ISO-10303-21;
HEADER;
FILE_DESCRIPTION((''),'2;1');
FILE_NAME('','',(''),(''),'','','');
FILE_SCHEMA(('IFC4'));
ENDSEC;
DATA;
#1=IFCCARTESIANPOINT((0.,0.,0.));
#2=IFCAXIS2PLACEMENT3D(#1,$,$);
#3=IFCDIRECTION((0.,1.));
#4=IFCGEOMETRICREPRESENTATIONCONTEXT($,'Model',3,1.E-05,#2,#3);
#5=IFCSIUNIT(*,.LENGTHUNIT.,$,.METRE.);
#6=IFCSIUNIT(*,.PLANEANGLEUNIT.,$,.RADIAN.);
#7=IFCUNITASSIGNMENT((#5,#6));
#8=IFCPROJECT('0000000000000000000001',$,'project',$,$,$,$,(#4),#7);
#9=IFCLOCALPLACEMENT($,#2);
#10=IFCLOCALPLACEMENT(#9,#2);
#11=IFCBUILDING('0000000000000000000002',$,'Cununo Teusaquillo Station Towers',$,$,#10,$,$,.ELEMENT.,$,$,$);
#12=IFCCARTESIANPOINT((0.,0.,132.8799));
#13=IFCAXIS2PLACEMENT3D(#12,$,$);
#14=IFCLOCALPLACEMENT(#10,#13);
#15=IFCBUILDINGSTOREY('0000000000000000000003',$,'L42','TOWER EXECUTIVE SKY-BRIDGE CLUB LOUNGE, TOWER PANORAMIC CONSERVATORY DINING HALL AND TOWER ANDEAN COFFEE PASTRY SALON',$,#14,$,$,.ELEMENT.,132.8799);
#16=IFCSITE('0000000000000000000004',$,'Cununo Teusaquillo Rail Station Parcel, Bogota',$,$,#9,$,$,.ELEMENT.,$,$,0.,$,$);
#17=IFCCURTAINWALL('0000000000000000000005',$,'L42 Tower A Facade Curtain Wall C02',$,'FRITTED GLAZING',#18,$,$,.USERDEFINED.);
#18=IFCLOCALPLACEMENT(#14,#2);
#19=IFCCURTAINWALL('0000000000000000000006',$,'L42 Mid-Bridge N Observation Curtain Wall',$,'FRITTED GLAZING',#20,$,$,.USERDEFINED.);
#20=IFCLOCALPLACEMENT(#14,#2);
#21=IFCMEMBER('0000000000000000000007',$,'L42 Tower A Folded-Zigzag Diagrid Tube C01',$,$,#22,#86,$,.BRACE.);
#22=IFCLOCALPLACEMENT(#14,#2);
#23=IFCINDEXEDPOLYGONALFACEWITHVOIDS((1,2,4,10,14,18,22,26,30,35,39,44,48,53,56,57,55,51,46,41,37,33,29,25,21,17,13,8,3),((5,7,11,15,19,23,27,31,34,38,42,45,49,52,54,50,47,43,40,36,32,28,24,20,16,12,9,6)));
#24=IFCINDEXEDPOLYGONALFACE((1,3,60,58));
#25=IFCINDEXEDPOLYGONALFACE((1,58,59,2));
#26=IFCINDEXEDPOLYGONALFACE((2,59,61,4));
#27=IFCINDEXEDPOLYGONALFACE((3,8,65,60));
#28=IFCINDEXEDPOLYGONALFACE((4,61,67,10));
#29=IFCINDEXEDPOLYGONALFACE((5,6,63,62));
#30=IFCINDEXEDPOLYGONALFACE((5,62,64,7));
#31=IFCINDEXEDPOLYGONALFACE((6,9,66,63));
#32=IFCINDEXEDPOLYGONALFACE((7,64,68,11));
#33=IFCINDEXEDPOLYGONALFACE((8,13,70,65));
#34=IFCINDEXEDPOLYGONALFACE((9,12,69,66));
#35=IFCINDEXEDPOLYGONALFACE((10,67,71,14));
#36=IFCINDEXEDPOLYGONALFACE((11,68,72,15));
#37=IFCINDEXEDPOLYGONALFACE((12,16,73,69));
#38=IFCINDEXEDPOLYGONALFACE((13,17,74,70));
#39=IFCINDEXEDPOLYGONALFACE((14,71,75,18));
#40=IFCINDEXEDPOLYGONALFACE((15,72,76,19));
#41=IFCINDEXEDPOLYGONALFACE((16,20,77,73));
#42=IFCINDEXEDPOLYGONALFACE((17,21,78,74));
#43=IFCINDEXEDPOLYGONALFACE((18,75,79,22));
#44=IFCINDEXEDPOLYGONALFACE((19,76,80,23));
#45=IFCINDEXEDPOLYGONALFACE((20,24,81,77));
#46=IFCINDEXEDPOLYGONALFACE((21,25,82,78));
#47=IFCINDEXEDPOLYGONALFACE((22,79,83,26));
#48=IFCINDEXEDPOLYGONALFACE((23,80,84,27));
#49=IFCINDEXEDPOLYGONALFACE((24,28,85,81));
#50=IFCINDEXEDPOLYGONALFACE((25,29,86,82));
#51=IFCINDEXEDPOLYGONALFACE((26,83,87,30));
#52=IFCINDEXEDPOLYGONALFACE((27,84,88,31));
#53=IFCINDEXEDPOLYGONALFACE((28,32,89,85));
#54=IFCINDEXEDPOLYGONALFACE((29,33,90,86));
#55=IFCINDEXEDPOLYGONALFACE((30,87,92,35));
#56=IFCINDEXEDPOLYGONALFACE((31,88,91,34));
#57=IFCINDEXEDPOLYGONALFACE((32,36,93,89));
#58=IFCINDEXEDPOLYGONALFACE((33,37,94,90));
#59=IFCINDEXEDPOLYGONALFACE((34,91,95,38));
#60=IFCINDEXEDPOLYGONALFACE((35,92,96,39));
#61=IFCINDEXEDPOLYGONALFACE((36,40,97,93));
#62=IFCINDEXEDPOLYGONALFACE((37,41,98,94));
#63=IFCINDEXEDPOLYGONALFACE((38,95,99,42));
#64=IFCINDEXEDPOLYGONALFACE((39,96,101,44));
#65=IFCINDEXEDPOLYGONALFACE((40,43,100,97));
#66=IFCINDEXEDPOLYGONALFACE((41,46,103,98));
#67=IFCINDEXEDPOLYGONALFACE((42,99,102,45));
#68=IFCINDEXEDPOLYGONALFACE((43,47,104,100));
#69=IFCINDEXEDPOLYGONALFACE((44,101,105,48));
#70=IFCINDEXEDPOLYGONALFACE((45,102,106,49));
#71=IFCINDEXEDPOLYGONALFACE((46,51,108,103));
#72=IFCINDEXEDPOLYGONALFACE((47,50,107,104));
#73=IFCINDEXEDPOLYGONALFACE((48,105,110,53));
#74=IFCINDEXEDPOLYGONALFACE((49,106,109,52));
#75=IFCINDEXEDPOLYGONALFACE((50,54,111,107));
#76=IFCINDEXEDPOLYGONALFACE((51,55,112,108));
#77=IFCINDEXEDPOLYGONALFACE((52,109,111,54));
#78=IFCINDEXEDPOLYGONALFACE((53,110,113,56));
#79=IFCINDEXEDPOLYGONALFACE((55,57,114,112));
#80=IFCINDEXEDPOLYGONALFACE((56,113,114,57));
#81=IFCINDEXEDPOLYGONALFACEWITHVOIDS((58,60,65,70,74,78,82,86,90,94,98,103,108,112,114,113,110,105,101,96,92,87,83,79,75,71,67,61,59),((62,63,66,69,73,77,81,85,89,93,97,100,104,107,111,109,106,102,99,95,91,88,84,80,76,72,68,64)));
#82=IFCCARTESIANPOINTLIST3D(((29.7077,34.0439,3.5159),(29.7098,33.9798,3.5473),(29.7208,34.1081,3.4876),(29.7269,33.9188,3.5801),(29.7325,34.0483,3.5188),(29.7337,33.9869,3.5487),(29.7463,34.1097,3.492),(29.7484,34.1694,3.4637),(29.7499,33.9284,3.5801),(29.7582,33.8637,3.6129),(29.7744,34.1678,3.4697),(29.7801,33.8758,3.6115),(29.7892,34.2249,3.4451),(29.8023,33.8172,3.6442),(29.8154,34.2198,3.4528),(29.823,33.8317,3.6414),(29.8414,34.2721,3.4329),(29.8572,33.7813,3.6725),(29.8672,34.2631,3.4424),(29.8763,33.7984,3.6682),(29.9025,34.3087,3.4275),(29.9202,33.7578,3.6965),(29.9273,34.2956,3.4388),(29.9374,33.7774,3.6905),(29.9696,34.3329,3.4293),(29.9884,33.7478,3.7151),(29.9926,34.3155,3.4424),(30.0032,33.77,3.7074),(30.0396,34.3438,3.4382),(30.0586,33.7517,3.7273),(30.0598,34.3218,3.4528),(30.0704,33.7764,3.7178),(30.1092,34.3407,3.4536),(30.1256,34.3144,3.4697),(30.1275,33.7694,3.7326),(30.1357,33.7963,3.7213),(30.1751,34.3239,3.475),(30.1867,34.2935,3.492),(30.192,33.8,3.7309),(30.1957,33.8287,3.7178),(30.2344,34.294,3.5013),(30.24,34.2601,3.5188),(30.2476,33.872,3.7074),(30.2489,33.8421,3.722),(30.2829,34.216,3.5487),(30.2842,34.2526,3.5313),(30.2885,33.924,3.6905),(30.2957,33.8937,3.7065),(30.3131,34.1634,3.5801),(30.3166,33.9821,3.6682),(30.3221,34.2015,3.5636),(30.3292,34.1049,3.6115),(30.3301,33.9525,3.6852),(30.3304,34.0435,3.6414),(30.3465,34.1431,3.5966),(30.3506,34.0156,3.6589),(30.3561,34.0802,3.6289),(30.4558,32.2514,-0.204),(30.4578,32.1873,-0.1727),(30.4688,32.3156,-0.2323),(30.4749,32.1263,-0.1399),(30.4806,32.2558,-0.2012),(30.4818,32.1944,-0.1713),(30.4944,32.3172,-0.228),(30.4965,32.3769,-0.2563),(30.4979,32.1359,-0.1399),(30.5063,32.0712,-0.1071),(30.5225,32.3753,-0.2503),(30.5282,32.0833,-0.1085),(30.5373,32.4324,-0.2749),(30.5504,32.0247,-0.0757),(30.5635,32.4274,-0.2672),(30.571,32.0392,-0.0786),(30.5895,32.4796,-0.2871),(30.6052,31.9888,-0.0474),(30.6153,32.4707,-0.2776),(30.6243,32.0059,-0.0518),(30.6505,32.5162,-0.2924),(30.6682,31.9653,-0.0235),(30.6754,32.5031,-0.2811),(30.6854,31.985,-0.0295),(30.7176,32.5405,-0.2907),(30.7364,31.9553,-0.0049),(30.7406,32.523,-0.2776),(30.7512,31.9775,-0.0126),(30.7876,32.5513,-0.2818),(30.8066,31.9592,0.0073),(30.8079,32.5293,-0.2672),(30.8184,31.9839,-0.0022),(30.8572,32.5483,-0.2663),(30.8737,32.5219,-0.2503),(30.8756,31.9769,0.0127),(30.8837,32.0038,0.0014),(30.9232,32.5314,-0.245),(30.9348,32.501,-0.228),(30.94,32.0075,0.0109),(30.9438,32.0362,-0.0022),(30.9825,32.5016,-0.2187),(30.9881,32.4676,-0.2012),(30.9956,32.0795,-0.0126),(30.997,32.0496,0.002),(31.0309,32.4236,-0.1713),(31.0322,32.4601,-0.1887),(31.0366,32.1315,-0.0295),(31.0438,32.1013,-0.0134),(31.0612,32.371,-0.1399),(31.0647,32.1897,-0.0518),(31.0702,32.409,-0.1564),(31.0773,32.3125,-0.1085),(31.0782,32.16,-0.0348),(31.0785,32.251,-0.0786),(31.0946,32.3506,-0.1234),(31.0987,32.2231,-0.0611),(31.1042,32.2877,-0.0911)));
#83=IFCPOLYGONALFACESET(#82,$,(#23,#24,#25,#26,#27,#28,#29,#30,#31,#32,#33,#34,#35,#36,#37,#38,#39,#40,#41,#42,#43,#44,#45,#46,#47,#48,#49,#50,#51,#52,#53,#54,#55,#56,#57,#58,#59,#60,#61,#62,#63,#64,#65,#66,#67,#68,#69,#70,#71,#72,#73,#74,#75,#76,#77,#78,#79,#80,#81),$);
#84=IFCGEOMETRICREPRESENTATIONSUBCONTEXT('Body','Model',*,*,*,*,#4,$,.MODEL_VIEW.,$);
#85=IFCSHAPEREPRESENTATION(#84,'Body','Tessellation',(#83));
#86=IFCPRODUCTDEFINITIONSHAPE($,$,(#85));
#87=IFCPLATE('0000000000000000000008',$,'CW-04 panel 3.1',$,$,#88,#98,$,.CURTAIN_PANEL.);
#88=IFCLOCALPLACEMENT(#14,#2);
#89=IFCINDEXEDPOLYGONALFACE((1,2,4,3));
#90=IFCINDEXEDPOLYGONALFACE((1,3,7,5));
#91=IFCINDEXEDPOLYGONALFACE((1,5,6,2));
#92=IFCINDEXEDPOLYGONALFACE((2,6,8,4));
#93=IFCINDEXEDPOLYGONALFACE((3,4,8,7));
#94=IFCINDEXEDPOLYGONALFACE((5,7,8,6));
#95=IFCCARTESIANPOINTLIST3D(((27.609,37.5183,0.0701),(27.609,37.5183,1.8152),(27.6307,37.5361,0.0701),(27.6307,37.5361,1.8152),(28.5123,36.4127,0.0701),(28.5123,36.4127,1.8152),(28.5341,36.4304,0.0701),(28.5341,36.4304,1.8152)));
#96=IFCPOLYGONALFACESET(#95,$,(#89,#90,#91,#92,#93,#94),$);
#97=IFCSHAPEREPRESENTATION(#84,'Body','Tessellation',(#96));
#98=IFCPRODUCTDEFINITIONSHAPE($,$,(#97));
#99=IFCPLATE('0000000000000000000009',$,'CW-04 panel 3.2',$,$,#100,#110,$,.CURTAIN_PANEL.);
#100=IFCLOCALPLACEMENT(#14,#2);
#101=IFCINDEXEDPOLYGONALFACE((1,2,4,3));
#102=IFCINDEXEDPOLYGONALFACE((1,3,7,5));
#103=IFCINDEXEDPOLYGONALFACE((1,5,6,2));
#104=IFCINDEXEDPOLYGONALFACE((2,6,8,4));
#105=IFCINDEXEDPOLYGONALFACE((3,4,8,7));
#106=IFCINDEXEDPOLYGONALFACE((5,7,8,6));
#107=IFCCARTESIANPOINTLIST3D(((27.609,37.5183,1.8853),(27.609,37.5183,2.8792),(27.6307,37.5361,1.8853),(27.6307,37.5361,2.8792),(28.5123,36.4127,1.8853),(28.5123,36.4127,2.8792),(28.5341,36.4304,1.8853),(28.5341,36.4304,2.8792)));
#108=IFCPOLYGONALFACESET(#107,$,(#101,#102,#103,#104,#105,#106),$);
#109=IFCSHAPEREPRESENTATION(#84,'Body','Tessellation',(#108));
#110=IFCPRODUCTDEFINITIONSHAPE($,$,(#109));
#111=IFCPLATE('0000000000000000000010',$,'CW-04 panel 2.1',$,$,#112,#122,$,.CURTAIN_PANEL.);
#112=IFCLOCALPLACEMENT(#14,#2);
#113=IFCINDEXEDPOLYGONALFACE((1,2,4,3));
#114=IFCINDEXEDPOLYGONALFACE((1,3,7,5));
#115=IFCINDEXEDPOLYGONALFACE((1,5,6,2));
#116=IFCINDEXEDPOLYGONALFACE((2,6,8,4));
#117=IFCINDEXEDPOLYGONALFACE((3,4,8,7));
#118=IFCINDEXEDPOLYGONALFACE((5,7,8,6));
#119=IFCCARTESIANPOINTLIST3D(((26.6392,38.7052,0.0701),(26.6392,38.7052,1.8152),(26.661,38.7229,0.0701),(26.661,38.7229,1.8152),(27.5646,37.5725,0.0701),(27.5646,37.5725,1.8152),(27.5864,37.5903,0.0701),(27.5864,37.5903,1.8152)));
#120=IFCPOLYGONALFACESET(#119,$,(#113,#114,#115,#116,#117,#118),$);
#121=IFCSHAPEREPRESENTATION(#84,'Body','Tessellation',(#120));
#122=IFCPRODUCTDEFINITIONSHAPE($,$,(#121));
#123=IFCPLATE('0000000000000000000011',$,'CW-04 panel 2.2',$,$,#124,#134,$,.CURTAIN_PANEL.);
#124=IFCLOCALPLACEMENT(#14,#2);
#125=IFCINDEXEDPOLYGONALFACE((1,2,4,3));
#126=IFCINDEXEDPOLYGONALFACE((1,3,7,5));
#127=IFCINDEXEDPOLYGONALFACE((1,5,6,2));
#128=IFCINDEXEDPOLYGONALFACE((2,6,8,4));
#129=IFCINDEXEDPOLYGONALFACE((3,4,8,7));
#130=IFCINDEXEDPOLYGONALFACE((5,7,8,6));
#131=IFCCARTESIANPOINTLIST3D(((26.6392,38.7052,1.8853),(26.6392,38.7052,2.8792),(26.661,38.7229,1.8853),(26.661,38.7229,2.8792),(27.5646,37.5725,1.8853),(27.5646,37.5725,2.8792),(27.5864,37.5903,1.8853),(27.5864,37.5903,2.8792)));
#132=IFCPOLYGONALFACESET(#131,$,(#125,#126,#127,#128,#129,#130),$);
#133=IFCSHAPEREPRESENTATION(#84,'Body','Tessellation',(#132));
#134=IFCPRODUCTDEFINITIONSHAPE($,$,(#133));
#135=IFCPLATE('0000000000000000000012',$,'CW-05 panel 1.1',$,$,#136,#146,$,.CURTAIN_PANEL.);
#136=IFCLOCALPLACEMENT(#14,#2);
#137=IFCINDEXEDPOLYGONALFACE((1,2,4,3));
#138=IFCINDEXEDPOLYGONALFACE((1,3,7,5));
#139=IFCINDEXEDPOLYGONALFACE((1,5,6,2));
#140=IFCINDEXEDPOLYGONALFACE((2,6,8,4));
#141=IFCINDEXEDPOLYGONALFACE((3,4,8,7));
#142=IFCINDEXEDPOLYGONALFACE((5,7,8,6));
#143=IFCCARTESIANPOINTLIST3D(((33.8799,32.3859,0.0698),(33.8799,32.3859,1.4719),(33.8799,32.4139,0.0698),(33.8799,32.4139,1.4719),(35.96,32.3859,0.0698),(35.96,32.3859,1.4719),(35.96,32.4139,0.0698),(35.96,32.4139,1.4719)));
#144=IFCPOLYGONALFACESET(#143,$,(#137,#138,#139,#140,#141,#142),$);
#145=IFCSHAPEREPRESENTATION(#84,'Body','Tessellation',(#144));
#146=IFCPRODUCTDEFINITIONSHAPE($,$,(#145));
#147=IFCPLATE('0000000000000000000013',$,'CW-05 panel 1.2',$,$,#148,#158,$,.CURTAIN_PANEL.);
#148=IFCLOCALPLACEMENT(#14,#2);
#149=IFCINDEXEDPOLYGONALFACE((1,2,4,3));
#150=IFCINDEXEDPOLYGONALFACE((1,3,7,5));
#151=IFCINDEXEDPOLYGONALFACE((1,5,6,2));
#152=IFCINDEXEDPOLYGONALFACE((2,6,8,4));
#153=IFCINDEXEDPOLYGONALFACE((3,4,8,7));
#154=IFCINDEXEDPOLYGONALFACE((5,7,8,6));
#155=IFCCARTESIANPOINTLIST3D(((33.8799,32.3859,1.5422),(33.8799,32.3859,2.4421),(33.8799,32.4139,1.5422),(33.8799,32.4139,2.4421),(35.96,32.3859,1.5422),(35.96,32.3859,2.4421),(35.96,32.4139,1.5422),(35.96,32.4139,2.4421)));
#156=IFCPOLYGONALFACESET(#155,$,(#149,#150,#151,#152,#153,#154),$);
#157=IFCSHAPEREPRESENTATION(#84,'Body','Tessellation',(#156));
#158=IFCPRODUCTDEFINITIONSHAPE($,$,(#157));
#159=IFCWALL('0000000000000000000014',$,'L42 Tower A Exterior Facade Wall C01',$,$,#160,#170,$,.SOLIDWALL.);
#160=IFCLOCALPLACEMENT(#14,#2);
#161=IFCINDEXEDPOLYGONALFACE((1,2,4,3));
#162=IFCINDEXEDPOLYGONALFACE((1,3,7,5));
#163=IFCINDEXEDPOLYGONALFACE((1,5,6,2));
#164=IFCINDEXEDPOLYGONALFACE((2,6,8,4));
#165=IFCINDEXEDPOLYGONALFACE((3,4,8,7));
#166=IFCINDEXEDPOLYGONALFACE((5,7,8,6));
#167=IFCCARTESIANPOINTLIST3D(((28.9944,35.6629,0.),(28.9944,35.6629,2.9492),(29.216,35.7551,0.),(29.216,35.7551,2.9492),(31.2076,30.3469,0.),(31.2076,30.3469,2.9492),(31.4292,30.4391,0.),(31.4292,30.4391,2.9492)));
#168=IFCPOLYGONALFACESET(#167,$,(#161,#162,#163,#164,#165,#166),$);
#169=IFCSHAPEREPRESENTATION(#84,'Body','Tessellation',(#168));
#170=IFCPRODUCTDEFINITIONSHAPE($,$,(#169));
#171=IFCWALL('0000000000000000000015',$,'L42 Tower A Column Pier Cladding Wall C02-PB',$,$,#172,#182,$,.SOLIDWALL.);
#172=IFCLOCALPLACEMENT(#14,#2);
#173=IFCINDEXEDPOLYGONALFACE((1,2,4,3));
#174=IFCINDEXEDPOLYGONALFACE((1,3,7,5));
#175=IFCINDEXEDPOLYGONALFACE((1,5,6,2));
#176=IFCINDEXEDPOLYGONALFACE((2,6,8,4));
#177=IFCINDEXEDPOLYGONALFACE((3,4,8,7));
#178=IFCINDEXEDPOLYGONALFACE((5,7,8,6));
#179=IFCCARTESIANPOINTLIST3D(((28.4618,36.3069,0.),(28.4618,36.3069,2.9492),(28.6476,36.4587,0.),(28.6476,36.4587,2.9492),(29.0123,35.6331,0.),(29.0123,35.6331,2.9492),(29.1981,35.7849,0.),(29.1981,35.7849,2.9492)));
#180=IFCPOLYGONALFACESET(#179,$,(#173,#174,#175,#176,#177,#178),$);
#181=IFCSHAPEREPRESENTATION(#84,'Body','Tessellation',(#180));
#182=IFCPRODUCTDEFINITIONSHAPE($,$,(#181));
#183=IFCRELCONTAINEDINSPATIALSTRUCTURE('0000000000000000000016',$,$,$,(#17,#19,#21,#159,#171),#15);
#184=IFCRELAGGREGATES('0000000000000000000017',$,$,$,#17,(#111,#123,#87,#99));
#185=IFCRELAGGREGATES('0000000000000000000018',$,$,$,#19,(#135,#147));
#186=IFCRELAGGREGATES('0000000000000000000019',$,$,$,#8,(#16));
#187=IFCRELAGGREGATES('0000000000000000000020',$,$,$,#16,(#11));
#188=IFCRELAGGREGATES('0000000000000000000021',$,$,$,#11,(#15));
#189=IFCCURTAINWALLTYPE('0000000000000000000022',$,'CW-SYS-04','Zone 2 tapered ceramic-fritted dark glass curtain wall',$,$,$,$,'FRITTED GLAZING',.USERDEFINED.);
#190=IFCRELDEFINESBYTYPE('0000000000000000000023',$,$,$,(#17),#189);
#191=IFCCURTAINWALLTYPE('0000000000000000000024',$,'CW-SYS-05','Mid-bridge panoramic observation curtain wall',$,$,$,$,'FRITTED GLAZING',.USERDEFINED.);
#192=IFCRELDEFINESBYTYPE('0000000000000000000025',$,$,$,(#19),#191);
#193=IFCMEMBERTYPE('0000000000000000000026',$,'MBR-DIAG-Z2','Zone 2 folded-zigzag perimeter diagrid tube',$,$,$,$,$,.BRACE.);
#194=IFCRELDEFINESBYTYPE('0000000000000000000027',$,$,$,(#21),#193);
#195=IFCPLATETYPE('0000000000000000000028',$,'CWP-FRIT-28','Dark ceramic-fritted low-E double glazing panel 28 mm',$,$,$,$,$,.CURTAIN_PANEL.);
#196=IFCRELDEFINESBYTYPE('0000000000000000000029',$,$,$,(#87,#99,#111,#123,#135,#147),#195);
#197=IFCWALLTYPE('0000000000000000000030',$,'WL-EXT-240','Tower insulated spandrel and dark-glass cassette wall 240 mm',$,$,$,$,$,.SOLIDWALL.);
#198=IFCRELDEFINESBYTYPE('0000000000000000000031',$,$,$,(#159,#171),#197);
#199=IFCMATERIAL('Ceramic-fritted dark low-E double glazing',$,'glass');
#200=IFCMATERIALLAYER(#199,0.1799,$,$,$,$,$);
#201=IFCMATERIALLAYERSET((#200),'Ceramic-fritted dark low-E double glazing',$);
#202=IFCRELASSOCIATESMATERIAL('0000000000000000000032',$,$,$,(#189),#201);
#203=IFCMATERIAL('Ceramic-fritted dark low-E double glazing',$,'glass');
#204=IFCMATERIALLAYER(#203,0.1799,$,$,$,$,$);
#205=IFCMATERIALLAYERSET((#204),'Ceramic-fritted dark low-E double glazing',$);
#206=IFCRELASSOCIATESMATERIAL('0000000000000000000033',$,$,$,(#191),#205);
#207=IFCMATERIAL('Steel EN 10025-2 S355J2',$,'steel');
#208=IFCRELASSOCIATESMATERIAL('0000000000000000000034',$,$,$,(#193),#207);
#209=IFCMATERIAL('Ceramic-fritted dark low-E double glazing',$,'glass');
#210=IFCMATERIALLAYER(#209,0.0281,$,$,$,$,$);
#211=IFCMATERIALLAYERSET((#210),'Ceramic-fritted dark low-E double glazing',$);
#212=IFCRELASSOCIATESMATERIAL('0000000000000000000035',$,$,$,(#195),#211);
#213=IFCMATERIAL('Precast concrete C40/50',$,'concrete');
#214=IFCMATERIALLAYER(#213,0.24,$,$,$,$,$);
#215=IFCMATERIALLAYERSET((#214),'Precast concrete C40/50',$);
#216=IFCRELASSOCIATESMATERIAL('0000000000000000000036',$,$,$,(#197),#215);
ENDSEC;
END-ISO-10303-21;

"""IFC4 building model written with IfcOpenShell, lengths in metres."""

from ifc_helpers import new_model, si_unit, direction, frame, frame_2d, origin, origin_2d, place, context, subcontext, project, spatial, rectangle, hollow_circle, extrude, source, transform, mapped, material, layer, layer_set, material_profile, profile_set, type_object, element, aggregate, save


model = new_model("IFC4")

# Units and contexts
model_context = context("Model", 3, precision=1e-05, world=origin(), true_north=direction((0.0, 1.0)))
body_context = subcontext(model_context, "Body", "Model", "MODEL_VIEW")
ifc_project = project(units=[si_unit("LENGTHUNIT", "METRE"), si_unit("PLANEANGLEUNIT", "RADIAN")], contexts=[model_context])

# Site, building, storey
site_placement = place(None, origin())
site = spatial("IfcSite", under=ifc_project, at=site_placement, Name="Cununo Teusaquillo Rail Station Parcel, Bogota", CompositionType="ELEMENT", RefElevation=0.0)
building_placement = place(site_placement, origin())
building = spatial("IfcBuilding", under=site, at=building_placement, Name="Cununo Teusaquillo Station Towers", CompositionType="ELEMENT")
storey_placement = place(building_placement, frame((0.0, 0.0, 132.8799)))
storey = spatial("IfcBuildingStorey", under=building, at=storey_placement, Name="L42", Description="TOWER EXECUTIVE SKY-BRIDGE CLUB LOUNGE, TOWER PANORAMIC CONSERVATORY DINING HALL AND TOWER ANDEAN COFFEE PASTRY SALON", CompositionType="ELEMENT", Elevation=132.8799)

# Curtain wall
ifc_material_1 = material(Name="Ceramic-fritted dark low-E double glazing", Category="glass")
ifc_layer_1 = layer(ifc_material_1, 0.1799)
ifc_layer_set_1 = layer_set([ifc_layer_1], Name="Ceramic-fritted dark low-E double glazing")
curtain_wall_type_1 = type_object("IfcCurtainWallType", Name="CW-SYS-04", Description="Zone 2 tapered ceramic-fritted dark glass curtain wall", ElementType="FRITTED GLAZING", PredefinedType="USERDEFINED", material=ifc_layer_set_1)
curtain_wall_1_placement = place(storey_placement, origin())
curtain_wall_1 = element("IfcCurtainWall", 1, at=curtain_wall_1_placement, inside=storey, type_object=curtain_wall_type_1, Name="L42 Tower A Facade Curtain Wall C02", ObjectType="FRITTED GLAZING", PredefinedType="USERDEFINED")

# Curtain wall
ifc_material_2 = material(Name="Ceramic-fritted dark low-E double glazing", Category="glass")
ifc_layer_2 = layer(ifc_material_2, 0.1799)
ifc_layer_set_2 = layer_set([ifc_layer_2], Name="Ceramic-fritted dark low-E double glazing")
curtain_wall_type_2 = type_object("IfcCurtainWallType", Name="CW-SYS-05", Description="Mid-bridge panoramic observation curtain wall", ElementType="FRITTED GLAZING", PredefinedType="USERDEFINED", material=ifc_layer_set_2)
curtain_wall_2_placement = place(storey_placement, origin())
curtain_wall_2 = element("IfcCurtainWall", 2, at=curtain_wall_2_placement, inside=storey, type_object=curtain_wall_type_2, Name="L42 Mid-Bridge N Observation Curtain Wall", ObjectType="FRITTED GLAZING", PredefinedType="USERDEFINED")

# Member
ifc_material_3 = material(Name="Steel EN 10025-2 S355J2", Category="steel")
ifc_material_profile_1 = material_profile(ifc_material_3, hollow_circle(Radius=0.3301, WallThickness=0.0249, at=origin_2d()), Name="CHS 660x25")
ifc_profile_set_1 = profile_set([ifc_material_profile_1], Name="Steel EN 10025-2 S355J2")
member_type_1 = type_object("IfcMemberType", Name="MBR-DIAG-Z2", Description="Zone 2 folded-zigzag perimeter diagrid tube", PredefinedType="BRACE", material=ifc_profile_set_1)
member_1_placement = place(storey_placement, frame((30.7795, 32.2534, -0.1399), z_axis=(-0.178254, 0.427135, 0.886443), x_axis=(-0.922861, -0.385133, 0.0)))
element("IfcMember", 3, at=member_1_placement, inside=storey, type_object=member_type_1, Name="L42 Tower A Folded-Zigzag Diagrid Tube C01", PredefinedType="BRACE", context=body_context, shape_type="SweptSolid", body=[
    extrude(hollow_circle(Radius=0.3301, WallThickness=0.0249, at=origin_2d()), origin(), (0.0, 0.0, 1.0), 4.1965),
])

# Plates
ifc_material_4 = material(Name="Ceramic-fritted dark low-E double glazing", Category="glass")
ifc_layer_3 = layer(ifc_material_4, 0.0281)
ifc_layer_set_3 = layer_set([ifc_layer_3], Name="Ceramic-fritted dark low-E double glazing")
plate_type = type_object("IfcPlateType", Name="CWP-FRIT-28", Description="Dark ceramic-fritted low-E double glazing panel 28 mm", PredefinedType="CURTAIN_PANEL", material=ifc_layer_set_3)
shared_shape_1 = source(origin(), body_context, "Body", "SweptSolid", [
    extrude(rectangle(XDim=1.4277, YDim=0.0281, at=origin_2d()), origin(), (0.0, 0.0, 1.0), 1.7451),
])
plate_1_placement = place(storey_placement, frame((28.0715, 36.9744, 0.0701), z_axis=(0.0, 0.0, 1.0), x_axis=(0.632704, -0.774394, 0.0)))
plate_1 = element("IfcPlate", 4, at=plate_1_placement, type_object=plate_type, Name="CW-04 panel 3.1", PredefinedType="CURTAIN_PANEL", context=body_context, shape_type="MappedRepresentation", body=[
    mapped(shared_shape_1, transform((0.0, 0.0, 0.0), x_axis=(1.0, 0.0, 0.0), y_axis=(0.0, 1.0, 0.0), z_axis=(0.0, 0.0, 1.0), scale=1.0)),
])
shared_shape_2 = source(origin(), body_context, "Body", "SweptSolid", [
    extrude(rectangle(XDim=1.4277, YDim=0.0281, at=origin_2d()), origin(), (0.0, 0.0, 1.0), 0.9939),
])
plate_2_placement = place(storey_placement, frame((28.0715, 36.9744, 1.8853), z_axis=(0.0, 0.0, 1.0), x_axis=(0.632704, -0.774394, 0.0)))
plate_2 = element("IfcPlate", 5, at=plate_2_placement, type_object=plate_type, Name="CW-04 panel 3.2", PredefinedType="CURTAIN_PANEL", context=body_context, shape_type="MappedRepresentation", body=[
    mapped(shared_shape_2, transform((0.0, 0.0, 0.0), x_axis=(1.0, 0.0, 0.0), y_axis=(0.0, 1.0, 0.0), z_axis=(0.0, 0.0, 1.0), scale=1.0)),
])
shared_shape_3 = source(origin(), body_context, "Body", "SweptSolid", [
    extrude(rectangle(XDim=1.4626, YDim=0.0281, at=origin_2d()), origin(), (0.0, 0.0, 1.0), 1.7451),
])
plate_3_placement = place(storey_placement, frame((27.1128, 38.1477, 0.0701), z_axis=(0.0, 0.0, 1.0), x_axis=(0.632704, -0.774394, 0.0)))
plate_3 = element("IfcPlate", 6, at=plate_3_placement, type_object=plate_type, Name="CW-04 panel 2.1", PredefinedType="CURTAIN_PANEL", context=body_context, shape_type="MappedRepresentation", body=[
    mapped(shared_shape_3, transform((0.0, 0.0, 0.0), x_axis=(1.0, 0.0, 0.0), y_axis=(0.0, 1.0, 0.0), z_axis=(0.0, 0.0, 1.0), scale=1.0)),
])
shared_shape_4 = source(origin(), body_context, "Body", "SweptSolid", [
    extrude(rectangle(XDim=1.4626, YDim=0.0281, at=origin_2d()), origin(), (0.0, 0.0, 1.0), 0.9939),
])
plate_4_placement = place(storey_placement, frame((27.1128, 38.1477, 1.8853), z_axis=(0.0, 0.0, 1.0), x_axis=(0.632704, -0.774394, 0.0)))
plate_4 = element("IfcPlate", 7, at=plate_4_placement, type_object=plate_type, Name="CW-04 panel 2.2", PredefinedType="CURTAIN_PANEL", context=body_context, shape_type="MappedRepresentation", body=[
    mapped(shared_shape_4, transform((0.0, 0.0, 0.0), x_axis=(1.0, 0.0, 0.0), y_axis=(0.0, 1.0, 0.0), z_axis=(0.0, 0.0, 1.0), scale=1.0)),
])
aggregate(curtain_wall_1, [plate_3, plate_4, plate_1, plate_2])
shared_shape_5 = source(origin(), body_context, "Body", "SweptSolid", [
    extrude(rectangle(XDim=2.0801, YDim=0.0281, at=origin_2d()), origin(), (0.0, 0.0, 1.0), 1.4021),
])
plate_5_placement = place(storey_placement, frame((34.9199, 32.3999, 0.0698), z_axis=(0.0, 0.0, 1.0), x_axis=(1.0, 0.0, 0.0)))
plate_5 = element("IfcPlate", 8, at=plate_5_placement, type_object=plate_type, Name="CW-05 panel 1.1", PredefinedType="CURTAIN_PANEL", context=body_context, shape_type="MappedRepresentation", body=[
    mapped(shared_shape_5, transform((0.0, 0.0, 0.0), x_axis=(1.0, 0.0, 0.0), y_axis=(0.0, 1.0, 0.0), z_axis=(0.0, 0.0, 1.0), scale=1.0)),
])
shared_shape_6 = source(origin(), body_context, "Body", "SweptSolid", [
    extrude(rectangle(XDim=2.0801, YDim=0.0281, at=origin_2d()), origin(), (0.0, 0.0, 1.0), 0.8999),
])
plate_6_placement = place(storey_placement, frame((34.9199, 32.3999, 1.5422), z_axis=(0.0, 0.0, 1.0), x_axis=(1.0, 0.0, 0.0)))
plate_6 = element("IfcPlate", 9, at=plate_6_placement, type_object=plate_type, Name="CW-05 panel 1.2", PredefinedType="CURTAIN_PANEL", context=body_context, shape_type="MappedRepresentation", body=[
    mapped(shared_shape_6, transform((0.0, 0.0, 0.0), x_axis=(1.0, 0.0, 0.0), y_axis=(0.0, 1.0, 0.0), z_axis=(0.0, 0.0, 1.0), scale=1.0)),
])
aggregate(curtain_wall_2, [plate_5, plate_6])

# Walls
ifc_material_5 = material(Name="Precast concrete C40/50", Category="concrete")
ifc_layer_4 = layer(ifc_material_5, 0.24)
ifc_layer_set_4 = layer_set([ifc_layer_4], Name="Precast concrete C40/50")
wall_type_1 = type_object("IfcWallType", Name="WL-EXT-240", Description="Tower insulated spandrel and dark-glass cassette wall 240 mm", PredefinedType="SOLIDWALL", material=ifc_layer_set_4)
wall_1_placement = place(storey_placement, frame((29.1052, 35.709, 0.0), z_axis=(0.0, 0.0, 1.0), x_axis=(0.384344, -0.92319, 0.0)))
element("IfcWall", 10, at=wall_1_placement, inside=storey, type_object=wall_type_1, Name="L42 Tower A Exterior Facade Wall C01", PredefinedType="SOLIDWALL", context=body_context, shape_type="SweptSolid", body=[
    extrude(rectangle(XDim=5.7583, YDim=0.24, at=frame_2d((2.8792, 0.0))), origin(), (0.0, 0.0, 1.0), 2.9492),
])
wall_2_placement = place(storey_placement, frame((28.5547, 36.3828, 0.0), z_axis=(0.0, 0.0, 1.0), x_axis=(0.632703, -0.774395, 0.0)))
element("IfcWall", 11, at=wall_2_placement, inside=storey, type_object=wall_type_1, Name="L42 Tower A Column Pier Cladding Wall C02-PB", PredefinedType="SOLIDWALL", context=body_context, shape_type="SweptSolid", body=[
    extrude(rectangle(XDim=0.8701, YDim=0.24, at=frame_2d((0.4351, 0.0))), origin(), (0.0, 0.0, 1.0), 2.9492),
])

save(model, "model.ifc")
